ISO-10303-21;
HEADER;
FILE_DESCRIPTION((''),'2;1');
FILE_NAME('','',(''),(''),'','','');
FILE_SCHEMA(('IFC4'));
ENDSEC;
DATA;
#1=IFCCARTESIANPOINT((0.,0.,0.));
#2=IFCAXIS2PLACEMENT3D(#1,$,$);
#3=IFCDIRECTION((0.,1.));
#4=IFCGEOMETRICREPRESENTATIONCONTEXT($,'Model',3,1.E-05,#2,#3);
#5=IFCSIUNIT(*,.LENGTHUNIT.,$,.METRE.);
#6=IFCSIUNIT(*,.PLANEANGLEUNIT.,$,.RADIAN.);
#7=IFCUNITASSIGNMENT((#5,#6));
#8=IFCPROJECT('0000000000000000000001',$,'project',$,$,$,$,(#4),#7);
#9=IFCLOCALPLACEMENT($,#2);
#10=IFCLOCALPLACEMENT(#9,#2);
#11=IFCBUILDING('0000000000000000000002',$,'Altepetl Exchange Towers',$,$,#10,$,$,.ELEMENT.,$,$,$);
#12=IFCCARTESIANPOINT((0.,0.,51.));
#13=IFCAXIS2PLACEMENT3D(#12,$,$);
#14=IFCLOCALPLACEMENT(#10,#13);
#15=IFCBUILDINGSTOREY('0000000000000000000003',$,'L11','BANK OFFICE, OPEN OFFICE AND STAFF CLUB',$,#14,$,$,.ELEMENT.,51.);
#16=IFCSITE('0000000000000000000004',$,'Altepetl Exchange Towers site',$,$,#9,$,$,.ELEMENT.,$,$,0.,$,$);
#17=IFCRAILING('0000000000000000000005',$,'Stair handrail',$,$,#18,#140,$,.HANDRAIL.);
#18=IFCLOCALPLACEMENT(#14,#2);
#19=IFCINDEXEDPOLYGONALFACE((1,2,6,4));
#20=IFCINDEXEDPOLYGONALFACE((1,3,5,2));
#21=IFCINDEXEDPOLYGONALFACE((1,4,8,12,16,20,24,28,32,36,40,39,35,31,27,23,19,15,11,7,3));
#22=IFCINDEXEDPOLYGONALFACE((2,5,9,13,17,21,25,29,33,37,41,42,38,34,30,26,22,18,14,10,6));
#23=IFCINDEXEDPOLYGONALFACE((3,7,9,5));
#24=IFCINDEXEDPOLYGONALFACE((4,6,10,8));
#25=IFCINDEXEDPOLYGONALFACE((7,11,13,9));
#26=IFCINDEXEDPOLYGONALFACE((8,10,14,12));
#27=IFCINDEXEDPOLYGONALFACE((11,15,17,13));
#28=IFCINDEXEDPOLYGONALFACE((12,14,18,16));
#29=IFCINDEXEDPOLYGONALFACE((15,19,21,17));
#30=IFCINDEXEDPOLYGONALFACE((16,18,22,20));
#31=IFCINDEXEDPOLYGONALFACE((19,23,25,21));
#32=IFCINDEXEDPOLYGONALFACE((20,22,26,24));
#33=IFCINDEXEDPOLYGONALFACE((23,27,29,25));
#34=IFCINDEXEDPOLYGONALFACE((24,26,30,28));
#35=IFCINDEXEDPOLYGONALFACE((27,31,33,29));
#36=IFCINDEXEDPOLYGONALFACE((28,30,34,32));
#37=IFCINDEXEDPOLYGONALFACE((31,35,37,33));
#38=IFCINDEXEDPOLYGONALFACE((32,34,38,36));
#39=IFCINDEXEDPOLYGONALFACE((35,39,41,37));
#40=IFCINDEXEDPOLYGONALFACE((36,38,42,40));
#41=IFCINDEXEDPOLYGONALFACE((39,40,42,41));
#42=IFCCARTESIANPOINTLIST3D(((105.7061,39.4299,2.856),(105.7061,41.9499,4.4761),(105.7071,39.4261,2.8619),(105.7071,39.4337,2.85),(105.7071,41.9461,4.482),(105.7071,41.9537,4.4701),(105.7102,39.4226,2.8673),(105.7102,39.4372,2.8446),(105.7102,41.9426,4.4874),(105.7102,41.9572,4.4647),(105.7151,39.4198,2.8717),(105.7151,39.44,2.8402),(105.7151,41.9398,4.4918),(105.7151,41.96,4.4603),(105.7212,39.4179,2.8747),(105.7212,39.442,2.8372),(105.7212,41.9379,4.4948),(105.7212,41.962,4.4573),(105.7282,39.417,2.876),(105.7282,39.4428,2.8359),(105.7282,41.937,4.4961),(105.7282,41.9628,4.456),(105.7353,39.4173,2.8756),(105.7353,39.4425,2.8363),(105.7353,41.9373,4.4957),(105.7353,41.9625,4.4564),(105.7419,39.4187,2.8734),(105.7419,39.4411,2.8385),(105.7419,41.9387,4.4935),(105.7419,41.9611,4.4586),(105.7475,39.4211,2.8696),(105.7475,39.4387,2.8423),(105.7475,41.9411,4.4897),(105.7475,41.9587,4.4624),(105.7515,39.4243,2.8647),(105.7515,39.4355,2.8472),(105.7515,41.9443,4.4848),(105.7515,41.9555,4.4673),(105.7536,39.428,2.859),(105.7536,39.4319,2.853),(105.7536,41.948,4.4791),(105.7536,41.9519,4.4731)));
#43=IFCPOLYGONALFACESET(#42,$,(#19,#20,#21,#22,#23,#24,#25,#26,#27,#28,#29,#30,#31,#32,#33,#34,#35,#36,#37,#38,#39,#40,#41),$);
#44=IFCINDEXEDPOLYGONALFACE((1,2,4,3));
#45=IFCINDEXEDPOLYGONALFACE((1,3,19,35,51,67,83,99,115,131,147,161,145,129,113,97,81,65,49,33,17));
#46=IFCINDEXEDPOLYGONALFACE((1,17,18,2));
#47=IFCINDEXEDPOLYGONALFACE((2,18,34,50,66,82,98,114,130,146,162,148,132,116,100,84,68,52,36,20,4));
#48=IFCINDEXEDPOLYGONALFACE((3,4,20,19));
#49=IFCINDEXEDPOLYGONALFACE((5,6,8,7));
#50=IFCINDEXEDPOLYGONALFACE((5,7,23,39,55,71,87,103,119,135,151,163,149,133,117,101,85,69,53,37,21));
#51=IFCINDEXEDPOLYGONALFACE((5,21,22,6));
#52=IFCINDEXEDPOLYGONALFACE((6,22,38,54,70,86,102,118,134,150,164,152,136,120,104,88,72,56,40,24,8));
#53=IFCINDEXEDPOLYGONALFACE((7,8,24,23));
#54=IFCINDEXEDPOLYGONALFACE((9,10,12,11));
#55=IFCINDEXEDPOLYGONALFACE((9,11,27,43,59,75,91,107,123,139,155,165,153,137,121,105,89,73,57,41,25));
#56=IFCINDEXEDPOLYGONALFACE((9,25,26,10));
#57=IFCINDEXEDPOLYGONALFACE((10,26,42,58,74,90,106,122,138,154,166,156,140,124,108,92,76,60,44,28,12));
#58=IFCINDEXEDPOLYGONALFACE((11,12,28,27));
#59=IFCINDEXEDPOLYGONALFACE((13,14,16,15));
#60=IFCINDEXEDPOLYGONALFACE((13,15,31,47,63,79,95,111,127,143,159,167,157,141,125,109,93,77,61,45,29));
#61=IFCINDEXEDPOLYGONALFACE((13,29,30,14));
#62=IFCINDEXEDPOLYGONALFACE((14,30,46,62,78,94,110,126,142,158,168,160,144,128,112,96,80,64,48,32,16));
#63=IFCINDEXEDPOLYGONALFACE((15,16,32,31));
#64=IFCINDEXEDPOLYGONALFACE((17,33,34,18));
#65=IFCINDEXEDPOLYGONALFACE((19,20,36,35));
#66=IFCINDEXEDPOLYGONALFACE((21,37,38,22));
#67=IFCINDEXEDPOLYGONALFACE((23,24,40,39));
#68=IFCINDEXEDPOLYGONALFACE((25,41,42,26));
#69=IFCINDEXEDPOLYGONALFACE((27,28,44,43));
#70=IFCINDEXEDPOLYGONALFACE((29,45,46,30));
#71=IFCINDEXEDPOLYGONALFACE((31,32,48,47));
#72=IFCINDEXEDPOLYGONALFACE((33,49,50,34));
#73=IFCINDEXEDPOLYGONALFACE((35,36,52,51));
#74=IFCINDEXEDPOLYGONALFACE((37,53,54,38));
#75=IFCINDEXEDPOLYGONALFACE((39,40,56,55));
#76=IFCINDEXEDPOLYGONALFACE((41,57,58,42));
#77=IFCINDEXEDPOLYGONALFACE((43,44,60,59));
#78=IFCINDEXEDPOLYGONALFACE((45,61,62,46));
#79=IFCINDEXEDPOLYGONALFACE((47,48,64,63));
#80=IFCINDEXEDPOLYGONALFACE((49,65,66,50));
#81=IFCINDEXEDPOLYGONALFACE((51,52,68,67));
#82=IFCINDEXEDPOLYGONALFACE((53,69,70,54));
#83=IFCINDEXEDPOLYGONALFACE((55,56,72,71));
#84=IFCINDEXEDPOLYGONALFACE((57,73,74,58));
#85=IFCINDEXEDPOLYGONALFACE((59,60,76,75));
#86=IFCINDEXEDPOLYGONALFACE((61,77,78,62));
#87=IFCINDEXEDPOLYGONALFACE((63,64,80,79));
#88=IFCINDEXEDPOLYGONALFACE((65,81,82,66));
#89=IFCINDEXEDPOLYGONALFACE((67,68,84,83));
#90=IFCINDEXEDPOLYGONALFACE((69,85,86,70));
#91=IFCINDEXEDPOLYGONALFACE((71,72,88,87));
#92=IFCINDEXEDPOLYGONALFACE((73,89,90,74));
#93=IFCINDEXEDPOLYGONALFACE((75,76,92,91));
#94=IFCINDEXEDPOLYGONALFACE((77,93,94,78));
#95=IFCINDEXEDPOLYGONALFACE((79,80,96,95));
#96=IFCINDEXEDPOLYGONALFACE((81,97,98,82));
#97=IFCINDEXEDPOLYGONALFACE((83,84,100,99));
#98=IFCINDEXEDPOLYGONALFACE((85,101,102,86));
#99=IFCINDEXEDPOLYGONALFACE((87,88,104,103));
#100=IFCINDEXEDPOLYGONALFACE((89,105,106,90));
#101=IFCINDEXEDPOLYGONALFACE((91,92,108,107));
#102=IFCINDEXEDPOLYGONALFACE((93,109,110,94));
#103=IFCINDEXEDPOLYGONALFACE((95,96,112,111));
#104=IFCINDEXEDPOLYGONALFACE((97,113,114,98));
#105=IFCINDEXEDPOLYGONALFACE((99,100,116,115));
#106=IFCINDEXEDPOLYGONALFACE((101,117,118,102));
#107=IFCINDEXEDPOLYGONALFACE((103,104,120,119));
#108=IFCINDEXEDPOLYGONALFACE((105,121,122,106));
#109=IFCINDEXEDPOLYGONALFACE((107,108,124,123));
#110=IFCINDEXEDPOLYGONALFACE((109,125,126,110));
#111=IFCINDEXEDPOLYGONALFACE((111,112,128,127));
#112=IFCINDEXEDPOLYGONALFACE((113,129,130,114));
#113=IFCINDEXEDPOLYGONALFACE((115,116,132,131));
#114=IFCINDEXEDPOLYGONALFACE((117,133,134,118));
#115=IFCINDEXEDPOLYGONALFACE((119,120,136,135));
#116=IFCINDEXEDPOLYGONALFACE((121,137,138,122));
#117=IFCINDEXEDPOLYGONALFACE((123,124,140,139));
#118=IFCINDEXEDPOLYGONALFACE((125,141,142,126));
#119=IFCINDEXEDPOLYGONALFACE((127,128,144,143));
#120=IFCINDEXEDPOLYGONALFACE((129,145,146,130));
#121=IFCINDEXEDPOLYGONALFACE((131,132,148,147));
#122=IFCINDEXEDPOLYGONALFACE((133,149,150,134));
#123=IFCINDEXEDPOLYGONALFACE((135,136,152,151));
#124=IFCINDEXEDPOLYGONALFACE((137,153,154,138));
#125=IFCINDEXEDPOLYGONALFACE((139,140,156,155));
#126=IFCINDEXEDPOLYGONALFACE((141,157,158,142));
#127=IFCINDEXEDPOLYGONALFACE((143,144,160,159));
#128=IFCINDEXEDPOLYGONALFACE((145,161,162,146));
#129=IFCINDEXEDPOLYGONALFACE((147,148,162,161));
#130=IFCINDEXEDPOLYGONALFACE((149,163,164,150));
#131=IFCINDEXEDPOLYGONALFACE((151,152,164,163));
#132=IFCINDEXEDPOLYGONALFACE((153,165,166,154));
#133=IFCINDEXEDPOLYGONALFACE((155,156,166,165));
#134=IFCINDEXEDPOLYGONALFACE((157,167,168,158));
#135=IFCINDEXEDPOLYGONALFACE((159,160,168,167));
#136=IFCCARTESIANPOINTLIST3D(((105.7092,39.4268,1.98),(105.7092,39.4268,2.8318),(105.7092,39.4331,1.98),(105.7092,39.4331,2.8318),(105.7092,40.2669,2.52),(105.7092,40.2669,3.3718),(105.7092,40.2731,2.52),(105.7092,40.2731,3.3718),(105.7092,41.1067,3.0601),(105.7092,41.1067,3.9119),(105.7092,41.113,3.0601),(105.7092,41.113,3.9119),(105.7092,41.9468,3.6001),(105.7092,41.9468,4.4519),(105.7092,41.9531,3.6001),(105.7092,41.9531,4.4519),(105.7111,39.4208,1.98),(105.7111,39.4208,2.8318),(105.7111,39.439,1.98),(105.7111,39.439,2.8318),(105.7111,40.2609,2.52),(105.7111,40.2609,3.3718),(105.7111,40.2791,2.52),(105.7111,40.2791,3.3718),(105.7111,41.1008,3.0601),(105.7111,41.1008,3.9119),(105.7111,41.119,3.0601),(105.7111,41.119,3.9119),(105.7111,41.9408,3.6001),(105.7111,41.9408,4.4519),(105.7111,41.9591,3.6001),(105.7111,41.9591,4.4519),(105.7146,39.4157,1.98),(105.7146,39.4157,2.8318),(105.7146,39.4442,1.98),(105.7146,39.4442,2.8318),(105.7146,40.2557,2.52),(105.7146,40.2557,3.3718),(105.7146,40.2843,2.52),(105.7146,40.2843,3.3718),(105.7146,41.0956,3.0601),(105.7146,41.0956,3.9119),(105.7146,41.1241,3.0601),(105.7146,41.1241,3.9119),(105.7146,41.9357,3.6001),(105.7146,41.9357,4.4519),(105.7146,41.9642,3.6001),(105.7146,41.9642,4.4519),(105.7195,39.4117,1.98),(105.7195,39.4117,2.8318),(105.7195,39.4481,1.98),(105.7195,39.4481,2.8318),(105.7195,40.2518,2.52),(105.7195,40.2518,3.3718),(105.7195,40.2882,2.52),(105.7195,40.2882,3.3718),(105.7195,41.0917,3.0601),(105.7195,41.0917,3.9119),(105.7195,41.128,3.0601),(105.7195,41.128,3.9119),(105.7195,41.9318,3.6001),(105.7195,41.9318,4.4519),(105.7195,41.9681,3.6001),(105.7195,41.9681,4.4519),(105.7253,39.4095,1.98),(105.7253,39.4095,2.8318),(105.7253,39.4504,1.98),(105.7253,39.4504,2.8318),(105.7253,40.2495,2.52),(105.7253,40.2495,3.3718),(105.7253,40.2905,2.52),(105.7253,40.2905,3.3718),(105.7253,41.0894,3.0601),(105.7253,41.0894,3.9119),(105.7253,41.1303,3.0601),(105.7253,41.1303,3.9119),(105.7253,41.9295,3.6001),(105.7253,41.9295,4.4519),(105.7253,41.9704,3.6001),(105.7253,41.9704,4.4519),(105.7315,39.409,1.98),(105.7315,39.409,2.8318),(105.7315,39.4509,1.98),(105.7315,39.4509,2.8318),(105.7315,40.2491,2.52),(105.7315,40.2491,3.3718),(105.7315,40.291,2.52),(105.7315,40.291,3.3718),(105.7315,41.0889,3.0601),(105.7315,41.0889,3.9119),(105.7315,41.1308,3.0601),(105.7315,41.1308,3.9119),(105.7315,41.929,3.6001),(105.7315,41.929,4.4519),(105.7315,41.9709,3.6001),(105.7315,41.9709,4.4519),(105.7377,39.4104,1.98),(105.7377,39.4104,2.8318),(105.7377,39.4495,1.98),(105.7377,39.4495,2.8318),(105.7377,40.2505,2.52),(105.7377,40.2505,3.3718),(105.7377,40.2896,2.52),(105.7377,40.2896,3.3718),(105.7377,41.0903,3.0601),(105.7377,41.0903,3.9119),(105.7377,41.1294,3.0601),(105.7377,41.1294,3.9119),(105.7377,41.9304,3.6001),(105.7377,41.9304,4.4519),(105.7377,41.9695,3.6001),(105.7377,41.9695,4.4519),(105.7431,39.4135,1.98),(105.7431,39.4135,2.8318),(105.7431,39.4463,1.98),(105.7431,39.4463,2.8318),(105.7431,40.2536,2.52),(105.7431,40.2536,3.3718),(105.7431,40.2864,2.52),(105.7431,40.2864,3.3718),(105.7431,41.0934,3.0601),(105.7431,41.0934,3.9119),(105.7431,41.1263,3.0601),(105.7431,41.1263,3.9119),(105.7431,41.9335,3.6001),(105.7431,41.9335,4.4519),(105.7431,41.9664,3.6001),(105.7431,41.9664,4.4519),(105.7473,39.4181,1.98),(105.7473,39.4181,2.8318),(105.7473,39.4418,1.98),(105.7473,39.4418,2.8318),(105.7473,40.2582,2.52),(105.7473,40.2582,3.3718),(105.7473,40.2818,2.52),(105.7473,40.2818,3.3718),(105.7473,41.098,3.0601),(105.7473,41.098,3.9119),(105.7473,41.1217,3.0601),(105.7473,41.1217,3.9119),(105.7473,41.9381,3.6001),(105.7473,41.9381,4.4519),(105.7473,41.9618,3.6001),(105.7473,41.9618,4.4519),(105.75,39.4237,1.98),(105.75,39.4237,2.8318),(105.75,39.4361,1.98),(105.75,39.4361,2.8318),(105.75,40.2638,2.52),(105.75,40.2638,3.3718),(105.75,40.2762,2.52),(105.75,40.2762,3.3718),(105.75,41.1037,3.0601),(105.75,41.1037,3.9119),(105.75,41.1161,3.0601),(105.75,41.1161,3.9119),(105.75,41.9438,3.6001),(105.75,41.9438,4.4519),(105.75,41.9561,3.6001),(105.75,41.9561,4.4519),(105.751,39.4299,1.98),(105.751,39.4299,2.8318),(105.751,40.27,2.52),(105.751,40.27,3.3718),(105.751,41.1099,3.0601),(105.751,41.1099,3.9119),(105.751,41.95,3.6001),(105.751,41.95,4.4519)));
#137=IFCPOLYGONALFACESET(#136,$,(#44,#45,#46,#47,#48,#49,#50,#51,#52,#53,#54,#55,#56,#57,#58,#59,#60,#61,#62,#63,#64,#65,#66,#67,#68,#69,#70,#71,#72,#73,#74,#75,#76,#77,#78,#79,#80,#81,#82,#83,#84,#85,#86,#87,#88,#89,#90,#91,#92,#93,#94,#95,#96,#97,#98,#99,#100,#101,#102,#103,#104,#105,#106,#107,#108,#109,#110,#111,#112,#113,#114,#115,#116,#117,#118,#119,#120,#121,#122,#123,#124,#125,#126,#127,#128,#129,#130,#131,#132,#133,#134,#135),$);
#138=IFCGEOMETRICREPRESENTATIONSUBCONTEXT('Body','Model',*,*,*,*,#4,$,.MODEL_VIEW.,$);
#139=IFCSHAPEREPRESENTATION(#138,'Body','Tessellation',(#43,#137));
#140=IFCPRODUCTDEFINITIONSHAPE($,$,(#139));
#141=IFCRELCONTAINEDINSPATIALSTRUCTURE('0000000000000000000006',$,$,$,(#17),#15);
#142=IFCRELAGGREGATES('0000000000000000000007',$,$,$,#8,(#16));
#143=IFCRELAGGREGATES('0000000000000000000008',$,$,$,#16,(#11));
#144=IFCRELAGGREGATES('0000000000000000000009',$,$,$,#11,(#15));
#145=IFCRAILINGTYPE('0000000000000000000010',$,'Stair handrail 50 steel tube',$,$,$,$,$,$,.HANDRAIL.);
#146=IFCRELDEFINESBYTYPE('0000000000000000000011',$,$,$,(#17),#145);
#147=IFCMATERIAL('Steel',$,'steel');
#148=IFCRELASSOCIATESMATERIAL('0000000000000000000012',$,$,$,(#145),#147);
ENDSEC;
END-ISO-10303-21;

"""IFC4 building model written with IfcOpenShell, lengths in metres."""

from ifc_helpers import new_model, si_unit, direction, frame, origin, origin_2d, place, context, subcontext, project, spatial, circle, extrude, source, transform, mapped, material, type_object, element, save


model = new_model("IFC4")

# Units and contexts
model_context = context("Model", 3, precision=1e-05, world=origin(), true_north=direction((0.0, 1.0)))
body_context = subcontext(model_context, "Body", "Model", "MODEL_VIEW")
ifc_project = project(units=[si_unit("LENGTHUNIT", "METRE"), si_unit("PLANEANGLEUNIT", "RADIAN")], contexts=[model_context])

# Site, building, storey
site_placement = place(None, origin())
site = spatial("IfcSite", under=ifc_project, at=site_placement, Name="Altepetl Exchange Towers site", CompositionType="ELEMENT", RefElevation=0.0)
building_placement = place(site_placement, origin())
building = spatial("IfcBuilding", under=site, at=building_placement, Name="Altepetl Exchange Towers", CompositionType="ELEMENT")
storey_placement = place(building_placement, frame((0.0, 0.0, 51.0)))
storey = spatial("IfcBuildingStorey", under=building, at=storey_placement, Name="L11", Description="BANK OFFICE, OPEN OFFICE AND STAFF CLUB", CompositionType="ELEMENT", Elevation=51.0)

# Railing
ifc_material_1 = material(Name="Steel", Category="steel")
railing_type = type_object("IfcRailingType", Name="Stair handrail 50 steel tube", PredefinedType="HANDRAIL", material=ifc_material_1)
shared_shape = source(origin(), body_context, "Body", "SweptSolid", [
    extrude(circle(Radius=0.021, at=origin_2d()), origin(), (0.0, 0.0, 1.0), 0.8518),
])
railing_1_placement = place(storey_placement, frame((105.73, 39.4299, 1.98)))
element("IfcRailing", 1, at=railing_1_placement, inside=storey, type_object=railing_type, Name="Stair handrail", PredefinedType="HANDRAIL", context=body_context, shape_type="SweptSolid", body=[
    extrude(circle(Radius=0.0239, at=origin_2d()), frame((0.0, 0.0, 0.876), z_axis=(0.0, 0.841163, 0.540782), x_axis=(-1.0, 0.0, 0.0)), (0.0, 0.0, 1.0), 2.9958),
    mapped(shared_shape, transform((0.0, 0.0, 0.0))),
    mapped(shared_shape, transform((0.0, 0.8401, 0.54))),
    mapped(shared_shape, transform((0.0, 1.6799, 1.0801))),
    mapped(shared_shape, transform((0.0, 2.52, 1.6201))),
])

save(model, "model.ifc")
